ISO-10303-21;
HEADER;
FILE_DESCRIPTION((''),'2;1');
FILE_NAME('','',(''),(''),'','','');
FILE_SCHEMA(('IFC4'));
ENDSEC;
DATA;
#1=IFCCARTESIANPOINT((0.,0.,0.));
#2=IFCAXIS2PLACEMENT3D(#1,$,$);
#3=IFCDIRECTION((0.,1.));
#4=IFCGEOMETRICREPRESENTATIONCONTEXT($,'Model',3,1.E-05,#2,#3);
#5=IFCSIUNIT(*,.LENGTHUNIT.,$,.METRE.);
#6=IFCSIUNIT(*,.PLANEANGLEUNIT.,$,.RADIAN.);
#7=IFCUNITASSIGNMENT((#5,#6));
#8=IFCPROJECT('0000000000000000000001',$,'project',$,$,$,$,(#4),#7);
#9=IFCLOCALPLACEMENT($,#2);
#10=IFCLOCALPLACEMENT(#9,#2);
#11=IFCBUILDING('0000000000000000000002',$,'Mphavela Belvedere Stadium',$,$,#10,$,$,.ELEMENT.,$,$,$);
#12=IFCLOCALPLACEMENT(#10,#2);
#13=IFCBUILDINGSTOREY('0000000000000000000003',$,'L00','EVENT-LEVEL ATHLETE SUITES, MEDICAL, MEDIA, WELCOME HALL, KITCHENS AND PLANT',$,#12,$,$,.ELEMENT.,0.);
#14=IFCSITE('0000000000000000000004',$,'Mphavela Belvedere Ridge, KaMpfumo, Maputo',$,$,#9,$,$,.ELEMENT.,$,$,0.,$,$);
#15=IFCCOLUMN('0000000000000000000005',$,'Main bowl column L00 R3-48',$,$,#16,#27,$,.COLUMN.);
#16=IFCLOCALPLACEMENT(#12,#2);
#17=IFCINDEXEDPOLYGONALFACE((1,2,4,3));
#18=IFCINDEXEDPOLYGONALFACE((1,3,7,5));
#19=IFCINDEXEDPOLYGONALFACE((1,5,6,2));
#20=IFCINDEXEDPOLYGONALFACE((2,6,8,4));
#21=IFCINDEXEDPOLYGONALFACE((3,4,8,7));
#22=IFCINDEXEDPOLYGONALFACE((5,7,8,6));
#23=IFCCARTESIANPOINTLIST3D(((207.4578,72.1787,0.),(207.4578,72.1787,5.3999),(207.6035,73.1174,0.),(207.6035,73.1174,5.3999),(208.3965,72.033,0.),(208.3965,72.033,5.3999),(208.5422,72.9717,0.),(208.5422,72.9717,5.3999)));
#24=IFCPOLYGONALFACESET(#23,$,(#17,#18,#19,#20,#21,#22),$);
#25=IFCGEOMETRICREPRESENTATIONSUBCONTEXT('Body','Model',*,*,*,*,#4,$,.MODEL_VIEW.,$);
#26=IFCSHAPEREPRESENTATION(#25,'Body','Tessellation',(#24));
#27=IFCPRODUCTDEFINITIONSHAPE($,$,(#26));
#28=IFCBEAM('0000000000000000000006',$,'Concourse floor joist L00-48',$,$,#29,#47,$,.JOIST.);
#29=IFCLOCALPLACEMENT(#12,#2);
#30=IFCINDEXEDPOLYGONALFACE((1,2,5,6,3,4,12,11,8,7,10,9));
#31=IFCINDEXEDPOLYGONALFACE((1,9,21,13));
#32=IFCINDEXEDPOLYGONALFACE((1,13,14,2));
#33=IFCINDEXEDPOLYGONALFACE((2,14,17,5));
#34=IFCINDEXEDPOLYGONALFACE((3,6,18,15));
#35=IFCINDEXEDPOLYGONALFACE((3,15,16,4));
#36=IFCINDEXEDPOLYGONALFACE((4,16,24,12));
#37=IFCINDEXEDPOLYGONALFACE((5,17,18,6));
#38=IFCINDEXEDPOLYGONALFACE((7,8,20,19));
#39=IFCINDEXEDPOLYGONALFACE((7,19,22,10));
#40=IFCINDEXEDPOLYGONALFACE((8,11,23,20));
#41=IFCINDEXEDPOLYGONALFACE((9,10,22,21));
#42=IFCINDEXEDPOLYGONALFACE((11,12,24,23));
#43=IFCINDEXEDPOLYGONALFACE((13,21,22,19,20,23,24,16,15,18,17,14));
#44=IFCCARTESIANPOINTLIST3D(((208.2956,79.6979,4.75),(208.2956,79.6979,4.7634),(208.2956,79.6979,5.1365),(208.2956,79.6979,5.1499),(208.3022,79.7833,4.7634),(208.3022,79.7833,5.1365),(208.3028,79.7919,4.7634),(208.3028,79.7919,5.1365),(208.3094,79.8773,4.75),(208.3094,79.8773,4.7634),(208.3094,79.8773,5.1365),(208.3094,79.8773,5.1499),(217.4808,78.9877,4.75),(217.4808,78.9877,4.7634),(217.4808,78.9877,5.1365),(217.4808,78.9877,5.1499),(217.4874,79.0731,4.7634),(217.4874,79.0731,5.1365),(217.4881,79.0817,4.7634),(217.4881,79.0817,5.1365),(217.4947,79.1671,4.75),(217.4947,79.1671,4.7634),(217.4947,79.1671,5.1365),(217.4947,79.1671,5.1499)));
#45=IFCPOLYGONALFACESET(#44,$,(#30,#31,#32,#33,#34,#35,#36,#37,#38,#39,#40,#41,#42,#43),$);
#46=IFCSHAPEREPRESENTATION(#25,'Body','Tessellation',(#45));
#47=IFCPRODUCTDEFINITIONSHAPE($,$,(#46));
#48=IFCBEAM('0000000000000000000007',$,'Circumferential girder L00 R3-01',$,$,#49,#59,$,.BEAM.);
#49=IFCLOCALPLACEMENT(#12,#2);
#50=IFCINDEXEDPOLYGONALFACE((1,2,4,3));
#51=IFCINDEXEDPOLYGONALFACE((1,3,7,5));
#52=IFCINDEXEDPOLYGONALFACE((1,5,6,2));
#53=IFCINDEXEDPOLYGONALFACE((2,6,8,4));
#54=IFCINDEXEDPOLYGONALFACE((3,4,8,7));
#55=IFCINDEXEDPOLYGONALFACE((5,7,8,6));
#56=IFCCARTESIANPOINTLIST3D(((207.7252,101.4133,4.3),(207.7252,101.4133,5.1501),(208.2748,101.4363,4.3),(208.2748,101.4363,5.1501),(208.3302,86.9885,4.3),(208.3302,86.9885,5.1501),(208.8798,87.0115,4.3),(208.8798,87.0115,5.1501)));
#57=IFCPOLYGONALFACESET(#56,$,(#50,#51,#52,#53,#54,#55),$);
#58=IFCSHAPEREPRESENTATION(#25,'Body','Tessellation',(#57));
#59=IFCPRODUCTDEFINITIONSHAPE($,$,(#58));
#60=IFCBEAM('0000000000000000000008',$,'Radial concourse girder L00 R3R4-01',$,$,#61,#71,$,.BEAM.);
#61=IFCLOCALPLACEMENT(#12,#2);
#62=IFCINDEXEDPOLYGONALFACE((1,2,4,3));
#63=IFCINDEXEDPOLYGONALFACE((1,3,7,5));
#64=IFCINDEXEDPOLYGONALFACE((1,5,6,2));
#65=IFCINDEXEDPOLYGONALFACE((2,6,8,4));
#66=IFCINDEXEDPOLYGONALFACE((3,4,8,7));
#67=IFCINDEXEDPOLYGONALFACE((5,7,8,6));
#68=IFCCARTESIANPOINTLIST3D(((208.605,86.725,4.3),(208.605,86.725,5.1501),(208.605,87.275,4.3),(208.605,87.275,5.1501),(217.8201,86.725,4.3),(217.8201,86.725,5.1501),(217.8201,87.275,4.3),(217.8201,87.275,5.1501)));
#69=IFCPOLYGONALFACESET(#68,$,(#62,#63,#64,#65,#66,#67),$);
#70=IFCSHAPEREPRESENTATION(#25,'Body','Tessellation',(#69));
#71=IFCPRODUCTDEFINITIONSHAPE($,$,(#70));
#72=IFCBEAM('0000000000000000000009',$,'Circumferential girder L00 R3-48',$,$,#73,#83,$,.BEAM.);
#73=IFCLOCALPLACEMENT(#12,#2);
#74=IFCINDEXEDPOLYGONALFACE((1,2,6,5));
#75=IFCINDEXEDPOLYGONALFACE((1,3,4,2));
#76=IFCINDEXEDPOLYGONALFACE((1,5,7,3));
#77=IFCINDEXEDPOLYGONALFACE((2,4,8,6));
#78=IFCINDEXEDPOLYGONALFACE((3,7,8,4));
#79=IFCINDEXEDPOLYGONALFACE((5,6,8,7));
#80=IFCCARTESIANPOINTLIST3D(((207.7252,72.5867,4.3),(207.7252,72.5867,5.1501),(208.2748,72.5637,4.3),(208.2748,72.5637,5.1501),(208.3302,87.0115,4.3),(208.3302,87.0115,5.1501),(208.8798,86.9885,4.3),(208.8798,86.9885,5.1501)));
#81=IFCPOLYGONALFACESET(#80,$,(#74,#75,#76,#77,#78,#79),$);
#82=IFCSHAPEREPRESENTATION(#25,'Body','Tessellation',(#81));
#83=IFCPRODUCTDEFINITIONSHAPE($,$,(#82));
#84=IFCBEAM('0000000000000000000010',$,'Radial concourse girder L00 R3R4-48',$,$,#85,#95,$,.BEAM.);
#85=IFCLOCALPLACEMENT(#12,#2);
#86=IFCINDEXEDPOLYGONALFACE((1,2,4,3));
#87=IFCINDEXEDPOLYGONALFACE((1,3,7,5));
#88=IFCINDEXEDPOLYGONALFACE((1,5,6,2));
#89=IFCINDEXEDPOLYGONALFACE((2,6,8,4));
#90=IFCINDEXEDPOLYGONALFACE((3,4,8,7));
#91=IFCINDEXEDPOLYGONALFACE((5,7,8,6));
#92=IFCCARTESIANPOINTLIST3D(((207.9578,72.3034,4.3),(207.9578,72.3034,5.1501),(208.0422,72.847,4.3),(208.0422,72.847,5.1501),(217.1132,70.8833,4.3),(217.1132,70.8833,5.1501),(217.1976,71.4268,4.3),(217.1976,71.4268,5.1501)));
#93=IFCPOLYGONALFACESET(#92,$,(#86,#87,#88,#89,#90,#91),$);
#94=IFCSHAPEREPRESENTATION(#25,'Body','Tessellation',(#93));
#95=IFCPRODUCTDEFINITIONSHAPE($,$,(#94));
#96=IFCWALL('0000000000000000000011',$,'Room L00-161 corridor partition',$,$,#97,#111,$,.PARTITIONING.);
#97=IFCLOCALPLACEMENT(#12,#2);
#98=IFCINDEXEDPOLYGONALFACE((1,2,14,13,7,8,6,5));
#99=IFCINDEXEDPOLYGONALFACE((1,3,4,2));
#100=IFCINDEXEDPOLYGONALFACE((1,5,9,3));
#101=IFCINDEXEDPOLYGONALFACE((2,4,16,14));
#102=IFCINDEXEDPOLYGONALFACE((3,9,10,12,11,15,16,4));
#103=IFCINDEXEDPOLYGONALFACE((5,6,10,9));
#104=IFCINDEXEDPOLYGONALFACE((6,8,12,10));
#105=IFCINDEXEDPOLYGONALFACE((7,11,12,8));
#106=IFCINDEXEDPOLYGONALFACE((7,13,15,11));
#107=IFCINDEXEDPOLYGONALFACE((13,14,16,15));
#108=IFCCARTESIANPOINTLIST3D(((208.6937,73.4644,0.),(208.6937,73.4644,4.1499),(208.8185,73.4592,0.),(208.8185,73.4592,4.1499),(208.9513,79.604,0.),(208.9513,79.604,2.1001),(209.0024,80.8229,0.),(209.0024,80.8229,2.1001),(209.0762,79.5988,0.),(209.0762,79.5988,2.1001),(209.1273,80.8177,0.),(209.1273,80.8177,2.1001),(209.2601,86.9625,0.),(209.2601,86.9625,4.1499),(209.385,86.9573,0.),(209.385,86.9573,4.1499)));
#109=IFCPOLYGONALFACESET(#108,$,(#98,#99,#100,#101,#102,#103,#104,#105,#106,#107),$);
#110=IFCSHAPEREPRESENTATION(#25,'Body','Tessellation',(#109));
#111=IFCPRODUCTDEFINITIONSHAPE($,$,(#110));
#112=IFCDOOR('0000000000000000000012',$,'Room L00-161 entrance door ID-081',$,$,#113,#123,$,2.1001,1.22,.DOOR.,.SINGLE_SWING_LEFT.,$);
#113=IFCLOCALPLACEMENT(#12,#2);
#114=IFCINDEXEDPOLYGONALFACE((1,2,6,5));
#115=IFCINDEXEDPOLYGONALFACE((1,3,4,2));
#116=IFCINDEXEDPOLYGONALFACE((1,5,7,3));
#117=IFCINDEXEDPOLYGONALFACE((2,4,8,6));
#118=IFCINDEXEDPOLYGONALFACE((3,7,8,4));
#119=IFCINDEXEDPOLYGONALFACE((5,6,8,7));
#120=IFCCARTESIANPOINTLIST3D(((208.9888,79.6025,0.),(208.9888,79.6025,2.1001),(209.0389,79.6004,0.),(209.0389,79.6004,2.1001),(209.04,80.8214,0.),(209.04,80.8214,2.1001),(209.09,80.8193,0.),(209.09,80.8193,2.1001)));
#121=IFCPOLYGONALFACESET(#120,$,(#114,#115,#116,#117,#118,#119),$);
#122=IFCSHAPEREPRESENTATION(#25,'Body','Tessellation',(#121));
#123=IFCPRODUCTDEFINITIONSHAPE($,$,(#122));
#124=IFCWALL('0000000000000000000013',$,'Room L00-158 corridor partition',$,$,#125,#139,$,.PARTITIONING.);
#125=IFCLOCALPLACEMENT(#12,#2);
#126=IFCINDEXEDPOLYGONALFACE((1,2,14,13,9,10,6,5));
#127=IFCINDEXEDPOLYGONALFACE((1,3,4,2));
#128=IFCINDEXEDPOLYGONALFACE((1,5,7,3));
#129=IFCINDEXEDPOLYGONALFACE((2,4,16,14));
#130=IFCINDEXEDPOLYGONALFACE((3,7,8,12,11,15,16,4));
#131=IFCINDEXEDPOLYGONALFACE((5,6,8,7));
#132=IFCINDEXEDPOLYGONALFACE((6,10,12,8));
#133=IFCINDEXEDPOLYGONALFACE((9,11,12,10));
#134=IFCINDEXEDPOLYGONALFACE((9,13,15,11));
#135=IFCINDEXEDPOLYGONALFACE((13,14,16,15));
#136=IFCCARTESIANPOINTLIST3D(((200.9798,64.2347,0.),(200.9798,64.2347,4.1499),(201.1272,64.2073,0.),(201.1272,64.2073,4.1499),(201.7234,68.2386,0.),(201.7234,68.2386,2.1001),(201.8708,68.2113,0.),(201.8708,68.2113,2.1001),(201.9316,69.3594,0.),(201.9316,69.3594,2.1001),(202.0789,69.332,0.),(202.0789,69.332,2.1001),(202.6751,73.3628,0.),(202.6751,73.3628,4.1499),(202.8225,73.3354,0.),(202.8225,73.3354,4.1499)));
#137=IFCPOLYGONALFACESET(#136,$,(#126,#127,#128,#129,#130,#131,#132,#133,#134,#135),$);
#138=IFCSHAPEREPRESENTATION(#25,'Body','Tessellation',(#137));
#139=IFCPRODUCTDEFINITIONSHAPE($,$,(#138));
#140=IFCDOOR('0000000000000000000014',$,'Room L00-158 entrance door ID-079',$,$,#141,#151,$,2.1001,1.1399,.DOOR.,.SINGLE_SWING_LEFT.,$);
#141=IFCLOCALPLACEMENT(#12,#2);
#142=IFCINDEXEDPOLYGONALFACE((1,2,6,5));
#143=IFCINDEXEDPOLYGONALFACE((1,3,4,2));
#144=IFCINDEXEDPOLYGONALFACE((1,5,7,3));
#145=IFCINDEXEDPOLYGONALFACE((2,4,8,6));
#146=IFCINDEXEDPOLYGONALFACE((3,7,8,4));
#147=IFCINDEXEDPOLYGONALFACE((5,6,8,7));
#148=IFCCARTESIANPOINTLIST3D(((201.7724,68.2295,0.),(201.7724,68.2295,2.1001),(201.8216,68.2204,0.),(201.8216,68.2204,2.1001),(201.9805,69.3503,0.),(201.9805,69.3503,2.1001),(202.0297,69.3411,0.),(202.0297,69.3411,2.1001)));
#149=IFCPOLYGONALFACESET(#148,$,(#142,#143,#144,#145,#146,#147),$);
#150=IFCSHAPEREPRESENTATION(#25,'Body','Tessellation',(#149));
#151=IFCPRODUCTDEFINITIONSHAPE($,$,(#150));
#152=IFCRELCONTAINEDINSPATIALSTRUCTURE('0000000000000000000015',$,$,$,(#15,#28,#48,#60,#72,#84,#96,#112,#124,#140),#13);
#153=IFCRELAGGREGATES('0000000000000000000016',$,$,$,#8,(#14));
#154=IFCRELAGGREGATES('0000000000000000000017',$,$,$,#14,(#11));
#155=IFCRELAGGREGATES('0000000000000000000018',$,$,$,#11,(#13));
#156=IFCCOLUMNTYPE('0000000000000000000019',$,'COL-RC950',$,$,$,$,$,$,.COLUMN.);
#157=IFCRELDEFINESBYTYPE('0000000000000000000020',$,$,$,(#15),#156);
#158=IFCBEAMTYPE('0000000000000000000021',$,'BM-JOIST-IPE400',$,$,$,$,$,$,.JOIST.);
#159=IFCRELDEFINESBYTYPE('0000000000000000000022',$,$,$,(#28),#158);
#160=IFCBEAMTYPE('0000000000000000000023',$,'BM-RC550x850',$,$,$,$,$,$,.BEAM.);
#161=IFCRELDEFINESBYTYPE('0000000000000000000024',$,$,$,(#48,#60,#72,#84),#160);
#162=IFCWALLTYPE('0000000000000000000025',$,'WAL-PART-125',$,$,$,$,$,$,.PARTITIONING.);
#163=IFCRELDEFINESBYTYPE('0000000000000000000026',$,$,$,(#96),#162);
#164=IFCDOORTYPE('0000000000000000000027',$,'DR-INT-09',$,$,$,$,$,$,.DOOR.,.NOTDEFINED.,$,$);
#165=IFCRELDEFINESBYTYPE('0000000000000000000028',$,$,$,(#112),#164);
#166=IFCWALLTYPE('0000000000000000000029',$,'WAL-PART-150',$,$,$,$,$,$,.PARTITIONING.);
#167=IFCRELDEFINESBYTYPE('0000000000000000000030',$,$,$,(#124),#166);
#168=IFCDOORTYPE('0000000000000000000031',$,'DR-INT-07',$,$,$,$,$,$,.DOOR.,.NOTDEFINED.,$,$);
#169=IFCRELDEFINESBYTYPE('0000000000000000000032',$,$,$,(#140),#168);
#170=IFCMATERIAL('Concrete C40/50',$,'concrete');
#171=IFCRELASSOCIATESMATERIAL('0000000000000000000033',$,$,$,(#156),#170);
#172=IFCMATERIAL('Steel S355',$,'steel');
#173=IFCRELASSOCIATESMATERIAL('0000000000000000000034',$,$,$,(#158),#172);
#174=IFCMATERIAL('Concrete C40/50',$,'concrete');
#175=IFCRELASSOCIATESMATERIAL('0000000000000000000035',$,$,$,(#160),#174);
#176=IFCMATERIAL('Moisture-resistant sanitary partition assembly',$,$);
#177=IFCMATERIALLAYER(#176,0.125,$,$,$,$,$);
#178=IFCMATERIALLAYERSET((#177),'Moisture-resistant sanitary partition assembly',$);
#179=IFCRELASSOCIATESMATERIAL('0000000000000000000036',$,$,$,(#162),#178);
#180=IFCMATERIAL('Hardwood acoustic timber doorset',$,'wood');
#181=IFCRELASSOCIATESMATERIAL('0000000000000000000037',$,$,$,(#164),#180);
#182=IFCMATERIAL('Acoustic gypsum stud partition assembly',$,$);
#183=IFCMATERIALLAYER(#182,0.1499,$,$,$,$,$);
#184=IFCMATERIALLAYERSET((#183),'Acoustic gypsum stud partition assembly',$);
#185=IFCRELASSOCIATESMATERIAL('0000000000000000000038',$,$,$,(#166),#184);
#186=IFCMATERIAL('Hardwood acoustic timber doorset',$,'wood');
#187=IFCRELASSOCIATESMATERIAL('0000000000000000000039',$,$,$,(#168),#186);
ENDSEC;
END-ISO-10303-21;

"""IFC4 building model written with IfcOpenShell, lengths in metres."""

from ifc_helpers import new_model, si_unit, direction, frame, frame_2d, origin, origin_2d, place, context, subcontext, project, spatial, rectangle, i_section, extrude, material, layer, layer_set, material_profile, profile_set, type_object, element, fill, save


model = new_model("IFC4")

# Units and contexts
model_context = context("Model", 3, precision=1e-05, world=origin(), true_north=direction((0.0, 1.0)))
body_context = subcontext(model_context, "Body", "Model", "MODEL_VIEW")
ifc_project = project(units=[si_unit("LENGTHUNIT", "METRE"), si_unit("PLANEANGLEUNIT", "RADIAN")], contexts=[model_context])

# Site, building, storey
site_placement = place(None, origin())
site = spatial("IfcSite", under=ifc_project, at=site_placement, Name="Mphavela Belvedere Ridge, KaMpfumo, Maputo", CompositionType="ELEMENT", RefElevation=0.0)
building_placement = place(site_placement, origin())
building = spatial("IfcBuilding", under=site, at=building_placement, Name="Mphavela Belvedere Stadium", CompositionType="ELEMENT")
storey_placement = place(building_placement, origin())
storey = spatial("IfcBuildingStorey", under=building, at=storey_placement, Name="L00", Description="EVENT-LEVEL ATHLETE SUITES, MEDICAL, MEDIA, WELCOME HALL, KITCHENS AND PLANT", CompositionType="ELEMENT", Elevation=0.0)

# Column
ifc_material_1 = material(Name="Concrete C40/50", Category="concrete")
ifc_material_profile_1 = material_profile(ifc_material_1, rectangle(XDim=0.95, YDim=0.95, at=origin_2d()), Name="RC 950x950")
ifc_profile_set_1 = profile_set([ifc_material_profile_1], Name="Concrete C40/50")
column_type = type_object("IfcColumnType", Name="COL-RC950", PredefinedType="COLUMN", material=ifc_profile_set_1)
for number, where, z_axis, x_axis, name in (
    (1, (208.0, 72.5752, 0.0), (0.0, 0.0, 1.0), (0.988175, -0.153331, 0.0), "Main bowl column L00 R3-48"),
):
    element("IfcColumn", number, at=place(storey_placement, frame(where, z_axis=z_axis, x_axis=x_axis)), inside=storey, type_object=column_type, Name=name, PredefinedType="COLUMN", context=body_context, shape_type="SweptSolid", body=[
        extrude(rectangle(XDim=0.95, YDim=0.95, at=origin_2d()), origin(), (0.0, 0.0, 1.0), 5.3999),
    ])

# Beams
ifc_material_2 = material(Name="Steel S355", Category="steel")
ifc_material_profile_2 = material_profile(ifc_material_2, i_section(OverallWidth=0.1799, OverallDepth=0.3999, WebThickness=0.0085, FlangeThickness=0.0134, at=origin_2d()), Name="IPE 400")
ifc_profile_set_2 = profile_set([ifc_material_profile_2], Name="Steel S355")
beam_type_1 = type_object("IfcBeamType", Name="BM-JOIST-IPE400", PredefinedType="JOIST", material=ifc_profile_set_2)
beam_1_placement = place(storey_placement, frame((208.3025, 79.7876, 4.95), z_axis=(0.997024, -0.07709, 0.0), x_axis=(0.07709, 0.997024, 0.0)))
element("IfcBeam", 2, at=beam_1_placement, inside=storey, type_object=beam_type_1, Name="Concourse floor joist L00-48", PredefinedType="JOIST", context=body_context, shape_type="SweptSolid", body=[
    extrude(i_section(OverallWidth=0.1799, OverallDepth=0.3999, WebThickness=0.0085, FlangeThickness=0.0134, at=origin_2d()), origin(), (0.0, 0.0, 1.0), 9.2126),
])
ifc_material_3 = material(Name="Concrete C40/50", Category="concrete")
ifc_material_profile_3 = material_profile(ifc_material_3, rectangle(XDim=0.55, YDim=0.8501, at=origin_2d()), Name="RC 550x850")
ifc_profile_set_3 = profile_set([ifc_material_profile_3], Name="Concrete C40/50")
beam_type_2 = type_object("IfcBeamType", Name="BM-RC550x850", PredefinedType="BEAM", material=ifc_profile_set_3)
beam_2_placement = place(storey_placement, frame((208.605, 87.0, 4.7251), z_axis=(-0.041903, 0.999122, 0.0), x_axis=(-0.999122, -0.041903, 0.0)))
element("IfcBeam", 3, at=beam_2_placement, inside=storey, type_object=beam_type_2, Name="Circumferential girder L00 R3-01", PredefinedType="BEAM", context=body_context, shape_type="SweptSolid", body=[
    extrude(rectangle(XDim=0.55, YDim=0.8501, at=origin_2d()), origin(), (0.0, 0.0, 1.0), 14.4375),
])
beam_3_placement = place(storey_placement, frame((208.605, 87.0, 4.7251), z_axis=(1.0, 0.0, 0.0), x_axis=(0.0, 1.0, 0.0)))
element("IfcBeam", 4, at=beam_3_placement, inside=storey, type_object=beam_type_2, Name="Radial concourse girder L00 R3R4-01", PredefinedType="BEAM", context=body_context, shape_type="SweptSolid", body=[
    extrude(rectangle(XDim=0.55, YDim=0.8501, at=origin_2d()), origin(), (0.0, 0.0, 1.0), 9.2151),
])
beam_4_placement = place(storey_placement, frame((208.0, 72.5752, 4.7251), z_axis=(0.041903, 0.999122, 0.0), x_axis=(-0.999122, 0.041903, 0.0)))
element("IfcBeam", 5, at=beam_4_placement, inside=storey, type_object=beam_type_2, Name="Circumferential girder L00 R3-48", PredefinedType="BEAM", context=body_context, shape_type="SweptSolid", body=[
    extrude(rectangle(XDim=0.55, YDim=0.8501, at=origin_2d()), origin(), (0.0, 0.0, 1.0), 14.4375),
])
beam_5_placement = place(storey_placement, frame((208.0, 72.5752, 4.7251), z_axis=(0.988182, -0.153283, 0.0), x_axis=(0.153283, 0.988182, 0.0)))
element("IfcBeam", 6, at=beam_5_placement, inside=storey, type_object=beam_type_2, Name="Radial concourse girder L00 R3R4-48", PredefinedType="BEAM", context=body_context, shape_type="SweptSolid", body=[
    extrude(rectangle(XDim=0.55, YDim=0.8501, at=origin_2d()), origin(), (0.0, 0.0, 1.0), 9.2649),
])

# Walls, openings, doors
ifc_material_4 = material(Name="Moisture-resistant sanitary partition assembly")
ifc_layer_1 = layer(ifc_material_4, 0.125)
ifc_layer_set_1 = layer_set([ifc_layer_1], Name="Moisture-resistant sanitary partition assembly")
wall_type_1 = type_object("IfcWallType", Name="WAL-PART-125", PredefinedType="PARTITIONING", material=ifc_layer_set_1)
wall_1_placement = place(storey_placement, frame((208.7561, 73.4619, 0.0), z_axis=(0.0, 0.0, 1.0), x_axis=(0.041925, 0.999121, 0.0)))
wall_1 = element("IfcWall", 7, at=wall_1_placement, inside=storey, type_object=wall_type_1, Name="Room L00-161 corridor partition", PredefinedType="PARTITIONING", context=body_context, shape_type="SweptSolid", body=[
    extrude(rectangle(XDim=13.51, YDim=0.125, at=frame_2d((6.7549, 0.0))), origin(), (0.0, 0.0, 1.0), 4.1499),
])
opening_1_placement = place(wall_1_placement, frame((6.145, 0.0, 0.0)))
opening_1 = element("IfcOpeningElement", 8, at=opening_1_placement, cuts=wall_1, PredefinedType="OPENING", context=body_context, shape_type="SweptSolid", body=[
    extrude(rectangle(XDim=1.22, YDim=2.1001, at=frame_2d((0.6099, 1.05))), frame((0.0, 0.0725, 0.0), z_axis=(0.0, -1.0, 0.0), x_axis=(1.0, 0.0, 0.0)), (0.0, 0.0, 1.0), 0.145),
])
ifc_material_5 = material(Name="Hardwood acoustic timber doorset", Category="wood")
door_type_1 = type_object("IfcDoorType", Name="DR-INT-09", OperationType="NOTDEFINED", PredefinedType="DOOR", material=ifc_material_5)
door_1_placement = place(opening_1_placement, origin())
door_1 = element("IfcDoor", 9, at=door_1_placement, inside=storey, type_object=door_type_1, Name="Room L00-161 entrance door ID-081", OperationType="SINGLE_SWING_LEFT", OverallHeight=2.1001, OverallWidth=1.22, PredefinedType="DOOR", context=body_context, shape_type="SweptSolid", body=[
    extrude(rectangle(XDim=1.22, YDim=2.1001, at=frame_2d((0.6099, 1.05))), frame((0.0, 0.0249, 0.0), z_axis=(0.0, -1.0, 0.0), x_axis=(1.0, 0.0, 0.0)), (0.0, 0.0, 1.0), 0.05),
])
fill(opening_1, door_1)
ifc_material_6 = material(Name="Acoustic gypsum stud partition assembly")
ifc_layer_2 = layer(ifc_material_6, 0.1499)
ifc_layer_set_2 = layer_set([ifc_layer_2], Name="Acoustic gypsum stud partition assembly")
wall_type_2 = type_object("IfcWallType", Name="WAL-PART-150", PredefinedType="PARTITIONING", material=ifc_layer_set_2)
wall_2_placement = place(storey_placement, frame((202.7488, 73.3491, 0.0), z_axis=(0.0, 0.0, 1.0), x_axis=(-0.182601, -0.983187, 0.0)))
wall_2 = element("IfcWall", 10, at=wall_2_placement, inside=storey, type_object=wall_type_2, Name="Room L00-158 corridor partition", PredefinedType="PARTITIONING", context=body_context, shape_type="SweptSolid", body=[
    extrude(rectangle(XDim=9.2842, YDim=0.1499, at=frame_2d((4.6421, 0.0))), origin(), (0.0, 0.0, 1.0), 4.1499),
])
opening_2_placement = place(wall_2_placement, frame((4.072, 0.0, 0.0)))
opening_2 = element("IfcOpeningElement", 11, at=opening_2_placement, cuts=wall_2, PredefinedType="OPENING", context=body_context, shape_type="SweptSolid", body=[
    extrude(rectangle(XDim=1.1399, YDim=2.1001, at=frame_2d((0.5698, 1.05))), frame((0.0, 0.085, 0.0), z_axis=(0.0, -1.0, 0.0), x_axis=(1.0, 0.0, 0.0)), (0.0, 0.0, 1.0), 0.1699),
])
ifc_material_7 = material(Name="Hardwood acoustic timber doorset", Category="wood")
door_type_2 = type_object("IfcDoorType", Name="DR-INT-07", OperationType="NOTDEFINED", PredefinedType="DOOR", material=ifc_material_7)
door_2_placement = place(opening_2_placement, origin())
door_2 = element("IfcDoor", 12, at=door_2_placement, inside=storey, type_object=door_type_2, Name="Room L00-158 entrance door ID-079", OperationType="SINGLE_SWING_LEFT", OverallHeight=2.1001, OverallWidth=1.1399, PredefinedType="DOOR", context=body_context, shape_type="SweptSolid", body=[
    extrude(rectangle(XDim=1.1399, YDim=2.1001, at=frame_2d((0.5698, 1.05))), frame((0.0, 0.0249, 0.0), z_axis=(0.0, -1.0, 0.0), x_axis=(1.0, 0.0, 0.0)), (0.0, 0.0, 1.0), 0.05),
])
fill(opening_2, door_2)

save(model, "model.ifc")
